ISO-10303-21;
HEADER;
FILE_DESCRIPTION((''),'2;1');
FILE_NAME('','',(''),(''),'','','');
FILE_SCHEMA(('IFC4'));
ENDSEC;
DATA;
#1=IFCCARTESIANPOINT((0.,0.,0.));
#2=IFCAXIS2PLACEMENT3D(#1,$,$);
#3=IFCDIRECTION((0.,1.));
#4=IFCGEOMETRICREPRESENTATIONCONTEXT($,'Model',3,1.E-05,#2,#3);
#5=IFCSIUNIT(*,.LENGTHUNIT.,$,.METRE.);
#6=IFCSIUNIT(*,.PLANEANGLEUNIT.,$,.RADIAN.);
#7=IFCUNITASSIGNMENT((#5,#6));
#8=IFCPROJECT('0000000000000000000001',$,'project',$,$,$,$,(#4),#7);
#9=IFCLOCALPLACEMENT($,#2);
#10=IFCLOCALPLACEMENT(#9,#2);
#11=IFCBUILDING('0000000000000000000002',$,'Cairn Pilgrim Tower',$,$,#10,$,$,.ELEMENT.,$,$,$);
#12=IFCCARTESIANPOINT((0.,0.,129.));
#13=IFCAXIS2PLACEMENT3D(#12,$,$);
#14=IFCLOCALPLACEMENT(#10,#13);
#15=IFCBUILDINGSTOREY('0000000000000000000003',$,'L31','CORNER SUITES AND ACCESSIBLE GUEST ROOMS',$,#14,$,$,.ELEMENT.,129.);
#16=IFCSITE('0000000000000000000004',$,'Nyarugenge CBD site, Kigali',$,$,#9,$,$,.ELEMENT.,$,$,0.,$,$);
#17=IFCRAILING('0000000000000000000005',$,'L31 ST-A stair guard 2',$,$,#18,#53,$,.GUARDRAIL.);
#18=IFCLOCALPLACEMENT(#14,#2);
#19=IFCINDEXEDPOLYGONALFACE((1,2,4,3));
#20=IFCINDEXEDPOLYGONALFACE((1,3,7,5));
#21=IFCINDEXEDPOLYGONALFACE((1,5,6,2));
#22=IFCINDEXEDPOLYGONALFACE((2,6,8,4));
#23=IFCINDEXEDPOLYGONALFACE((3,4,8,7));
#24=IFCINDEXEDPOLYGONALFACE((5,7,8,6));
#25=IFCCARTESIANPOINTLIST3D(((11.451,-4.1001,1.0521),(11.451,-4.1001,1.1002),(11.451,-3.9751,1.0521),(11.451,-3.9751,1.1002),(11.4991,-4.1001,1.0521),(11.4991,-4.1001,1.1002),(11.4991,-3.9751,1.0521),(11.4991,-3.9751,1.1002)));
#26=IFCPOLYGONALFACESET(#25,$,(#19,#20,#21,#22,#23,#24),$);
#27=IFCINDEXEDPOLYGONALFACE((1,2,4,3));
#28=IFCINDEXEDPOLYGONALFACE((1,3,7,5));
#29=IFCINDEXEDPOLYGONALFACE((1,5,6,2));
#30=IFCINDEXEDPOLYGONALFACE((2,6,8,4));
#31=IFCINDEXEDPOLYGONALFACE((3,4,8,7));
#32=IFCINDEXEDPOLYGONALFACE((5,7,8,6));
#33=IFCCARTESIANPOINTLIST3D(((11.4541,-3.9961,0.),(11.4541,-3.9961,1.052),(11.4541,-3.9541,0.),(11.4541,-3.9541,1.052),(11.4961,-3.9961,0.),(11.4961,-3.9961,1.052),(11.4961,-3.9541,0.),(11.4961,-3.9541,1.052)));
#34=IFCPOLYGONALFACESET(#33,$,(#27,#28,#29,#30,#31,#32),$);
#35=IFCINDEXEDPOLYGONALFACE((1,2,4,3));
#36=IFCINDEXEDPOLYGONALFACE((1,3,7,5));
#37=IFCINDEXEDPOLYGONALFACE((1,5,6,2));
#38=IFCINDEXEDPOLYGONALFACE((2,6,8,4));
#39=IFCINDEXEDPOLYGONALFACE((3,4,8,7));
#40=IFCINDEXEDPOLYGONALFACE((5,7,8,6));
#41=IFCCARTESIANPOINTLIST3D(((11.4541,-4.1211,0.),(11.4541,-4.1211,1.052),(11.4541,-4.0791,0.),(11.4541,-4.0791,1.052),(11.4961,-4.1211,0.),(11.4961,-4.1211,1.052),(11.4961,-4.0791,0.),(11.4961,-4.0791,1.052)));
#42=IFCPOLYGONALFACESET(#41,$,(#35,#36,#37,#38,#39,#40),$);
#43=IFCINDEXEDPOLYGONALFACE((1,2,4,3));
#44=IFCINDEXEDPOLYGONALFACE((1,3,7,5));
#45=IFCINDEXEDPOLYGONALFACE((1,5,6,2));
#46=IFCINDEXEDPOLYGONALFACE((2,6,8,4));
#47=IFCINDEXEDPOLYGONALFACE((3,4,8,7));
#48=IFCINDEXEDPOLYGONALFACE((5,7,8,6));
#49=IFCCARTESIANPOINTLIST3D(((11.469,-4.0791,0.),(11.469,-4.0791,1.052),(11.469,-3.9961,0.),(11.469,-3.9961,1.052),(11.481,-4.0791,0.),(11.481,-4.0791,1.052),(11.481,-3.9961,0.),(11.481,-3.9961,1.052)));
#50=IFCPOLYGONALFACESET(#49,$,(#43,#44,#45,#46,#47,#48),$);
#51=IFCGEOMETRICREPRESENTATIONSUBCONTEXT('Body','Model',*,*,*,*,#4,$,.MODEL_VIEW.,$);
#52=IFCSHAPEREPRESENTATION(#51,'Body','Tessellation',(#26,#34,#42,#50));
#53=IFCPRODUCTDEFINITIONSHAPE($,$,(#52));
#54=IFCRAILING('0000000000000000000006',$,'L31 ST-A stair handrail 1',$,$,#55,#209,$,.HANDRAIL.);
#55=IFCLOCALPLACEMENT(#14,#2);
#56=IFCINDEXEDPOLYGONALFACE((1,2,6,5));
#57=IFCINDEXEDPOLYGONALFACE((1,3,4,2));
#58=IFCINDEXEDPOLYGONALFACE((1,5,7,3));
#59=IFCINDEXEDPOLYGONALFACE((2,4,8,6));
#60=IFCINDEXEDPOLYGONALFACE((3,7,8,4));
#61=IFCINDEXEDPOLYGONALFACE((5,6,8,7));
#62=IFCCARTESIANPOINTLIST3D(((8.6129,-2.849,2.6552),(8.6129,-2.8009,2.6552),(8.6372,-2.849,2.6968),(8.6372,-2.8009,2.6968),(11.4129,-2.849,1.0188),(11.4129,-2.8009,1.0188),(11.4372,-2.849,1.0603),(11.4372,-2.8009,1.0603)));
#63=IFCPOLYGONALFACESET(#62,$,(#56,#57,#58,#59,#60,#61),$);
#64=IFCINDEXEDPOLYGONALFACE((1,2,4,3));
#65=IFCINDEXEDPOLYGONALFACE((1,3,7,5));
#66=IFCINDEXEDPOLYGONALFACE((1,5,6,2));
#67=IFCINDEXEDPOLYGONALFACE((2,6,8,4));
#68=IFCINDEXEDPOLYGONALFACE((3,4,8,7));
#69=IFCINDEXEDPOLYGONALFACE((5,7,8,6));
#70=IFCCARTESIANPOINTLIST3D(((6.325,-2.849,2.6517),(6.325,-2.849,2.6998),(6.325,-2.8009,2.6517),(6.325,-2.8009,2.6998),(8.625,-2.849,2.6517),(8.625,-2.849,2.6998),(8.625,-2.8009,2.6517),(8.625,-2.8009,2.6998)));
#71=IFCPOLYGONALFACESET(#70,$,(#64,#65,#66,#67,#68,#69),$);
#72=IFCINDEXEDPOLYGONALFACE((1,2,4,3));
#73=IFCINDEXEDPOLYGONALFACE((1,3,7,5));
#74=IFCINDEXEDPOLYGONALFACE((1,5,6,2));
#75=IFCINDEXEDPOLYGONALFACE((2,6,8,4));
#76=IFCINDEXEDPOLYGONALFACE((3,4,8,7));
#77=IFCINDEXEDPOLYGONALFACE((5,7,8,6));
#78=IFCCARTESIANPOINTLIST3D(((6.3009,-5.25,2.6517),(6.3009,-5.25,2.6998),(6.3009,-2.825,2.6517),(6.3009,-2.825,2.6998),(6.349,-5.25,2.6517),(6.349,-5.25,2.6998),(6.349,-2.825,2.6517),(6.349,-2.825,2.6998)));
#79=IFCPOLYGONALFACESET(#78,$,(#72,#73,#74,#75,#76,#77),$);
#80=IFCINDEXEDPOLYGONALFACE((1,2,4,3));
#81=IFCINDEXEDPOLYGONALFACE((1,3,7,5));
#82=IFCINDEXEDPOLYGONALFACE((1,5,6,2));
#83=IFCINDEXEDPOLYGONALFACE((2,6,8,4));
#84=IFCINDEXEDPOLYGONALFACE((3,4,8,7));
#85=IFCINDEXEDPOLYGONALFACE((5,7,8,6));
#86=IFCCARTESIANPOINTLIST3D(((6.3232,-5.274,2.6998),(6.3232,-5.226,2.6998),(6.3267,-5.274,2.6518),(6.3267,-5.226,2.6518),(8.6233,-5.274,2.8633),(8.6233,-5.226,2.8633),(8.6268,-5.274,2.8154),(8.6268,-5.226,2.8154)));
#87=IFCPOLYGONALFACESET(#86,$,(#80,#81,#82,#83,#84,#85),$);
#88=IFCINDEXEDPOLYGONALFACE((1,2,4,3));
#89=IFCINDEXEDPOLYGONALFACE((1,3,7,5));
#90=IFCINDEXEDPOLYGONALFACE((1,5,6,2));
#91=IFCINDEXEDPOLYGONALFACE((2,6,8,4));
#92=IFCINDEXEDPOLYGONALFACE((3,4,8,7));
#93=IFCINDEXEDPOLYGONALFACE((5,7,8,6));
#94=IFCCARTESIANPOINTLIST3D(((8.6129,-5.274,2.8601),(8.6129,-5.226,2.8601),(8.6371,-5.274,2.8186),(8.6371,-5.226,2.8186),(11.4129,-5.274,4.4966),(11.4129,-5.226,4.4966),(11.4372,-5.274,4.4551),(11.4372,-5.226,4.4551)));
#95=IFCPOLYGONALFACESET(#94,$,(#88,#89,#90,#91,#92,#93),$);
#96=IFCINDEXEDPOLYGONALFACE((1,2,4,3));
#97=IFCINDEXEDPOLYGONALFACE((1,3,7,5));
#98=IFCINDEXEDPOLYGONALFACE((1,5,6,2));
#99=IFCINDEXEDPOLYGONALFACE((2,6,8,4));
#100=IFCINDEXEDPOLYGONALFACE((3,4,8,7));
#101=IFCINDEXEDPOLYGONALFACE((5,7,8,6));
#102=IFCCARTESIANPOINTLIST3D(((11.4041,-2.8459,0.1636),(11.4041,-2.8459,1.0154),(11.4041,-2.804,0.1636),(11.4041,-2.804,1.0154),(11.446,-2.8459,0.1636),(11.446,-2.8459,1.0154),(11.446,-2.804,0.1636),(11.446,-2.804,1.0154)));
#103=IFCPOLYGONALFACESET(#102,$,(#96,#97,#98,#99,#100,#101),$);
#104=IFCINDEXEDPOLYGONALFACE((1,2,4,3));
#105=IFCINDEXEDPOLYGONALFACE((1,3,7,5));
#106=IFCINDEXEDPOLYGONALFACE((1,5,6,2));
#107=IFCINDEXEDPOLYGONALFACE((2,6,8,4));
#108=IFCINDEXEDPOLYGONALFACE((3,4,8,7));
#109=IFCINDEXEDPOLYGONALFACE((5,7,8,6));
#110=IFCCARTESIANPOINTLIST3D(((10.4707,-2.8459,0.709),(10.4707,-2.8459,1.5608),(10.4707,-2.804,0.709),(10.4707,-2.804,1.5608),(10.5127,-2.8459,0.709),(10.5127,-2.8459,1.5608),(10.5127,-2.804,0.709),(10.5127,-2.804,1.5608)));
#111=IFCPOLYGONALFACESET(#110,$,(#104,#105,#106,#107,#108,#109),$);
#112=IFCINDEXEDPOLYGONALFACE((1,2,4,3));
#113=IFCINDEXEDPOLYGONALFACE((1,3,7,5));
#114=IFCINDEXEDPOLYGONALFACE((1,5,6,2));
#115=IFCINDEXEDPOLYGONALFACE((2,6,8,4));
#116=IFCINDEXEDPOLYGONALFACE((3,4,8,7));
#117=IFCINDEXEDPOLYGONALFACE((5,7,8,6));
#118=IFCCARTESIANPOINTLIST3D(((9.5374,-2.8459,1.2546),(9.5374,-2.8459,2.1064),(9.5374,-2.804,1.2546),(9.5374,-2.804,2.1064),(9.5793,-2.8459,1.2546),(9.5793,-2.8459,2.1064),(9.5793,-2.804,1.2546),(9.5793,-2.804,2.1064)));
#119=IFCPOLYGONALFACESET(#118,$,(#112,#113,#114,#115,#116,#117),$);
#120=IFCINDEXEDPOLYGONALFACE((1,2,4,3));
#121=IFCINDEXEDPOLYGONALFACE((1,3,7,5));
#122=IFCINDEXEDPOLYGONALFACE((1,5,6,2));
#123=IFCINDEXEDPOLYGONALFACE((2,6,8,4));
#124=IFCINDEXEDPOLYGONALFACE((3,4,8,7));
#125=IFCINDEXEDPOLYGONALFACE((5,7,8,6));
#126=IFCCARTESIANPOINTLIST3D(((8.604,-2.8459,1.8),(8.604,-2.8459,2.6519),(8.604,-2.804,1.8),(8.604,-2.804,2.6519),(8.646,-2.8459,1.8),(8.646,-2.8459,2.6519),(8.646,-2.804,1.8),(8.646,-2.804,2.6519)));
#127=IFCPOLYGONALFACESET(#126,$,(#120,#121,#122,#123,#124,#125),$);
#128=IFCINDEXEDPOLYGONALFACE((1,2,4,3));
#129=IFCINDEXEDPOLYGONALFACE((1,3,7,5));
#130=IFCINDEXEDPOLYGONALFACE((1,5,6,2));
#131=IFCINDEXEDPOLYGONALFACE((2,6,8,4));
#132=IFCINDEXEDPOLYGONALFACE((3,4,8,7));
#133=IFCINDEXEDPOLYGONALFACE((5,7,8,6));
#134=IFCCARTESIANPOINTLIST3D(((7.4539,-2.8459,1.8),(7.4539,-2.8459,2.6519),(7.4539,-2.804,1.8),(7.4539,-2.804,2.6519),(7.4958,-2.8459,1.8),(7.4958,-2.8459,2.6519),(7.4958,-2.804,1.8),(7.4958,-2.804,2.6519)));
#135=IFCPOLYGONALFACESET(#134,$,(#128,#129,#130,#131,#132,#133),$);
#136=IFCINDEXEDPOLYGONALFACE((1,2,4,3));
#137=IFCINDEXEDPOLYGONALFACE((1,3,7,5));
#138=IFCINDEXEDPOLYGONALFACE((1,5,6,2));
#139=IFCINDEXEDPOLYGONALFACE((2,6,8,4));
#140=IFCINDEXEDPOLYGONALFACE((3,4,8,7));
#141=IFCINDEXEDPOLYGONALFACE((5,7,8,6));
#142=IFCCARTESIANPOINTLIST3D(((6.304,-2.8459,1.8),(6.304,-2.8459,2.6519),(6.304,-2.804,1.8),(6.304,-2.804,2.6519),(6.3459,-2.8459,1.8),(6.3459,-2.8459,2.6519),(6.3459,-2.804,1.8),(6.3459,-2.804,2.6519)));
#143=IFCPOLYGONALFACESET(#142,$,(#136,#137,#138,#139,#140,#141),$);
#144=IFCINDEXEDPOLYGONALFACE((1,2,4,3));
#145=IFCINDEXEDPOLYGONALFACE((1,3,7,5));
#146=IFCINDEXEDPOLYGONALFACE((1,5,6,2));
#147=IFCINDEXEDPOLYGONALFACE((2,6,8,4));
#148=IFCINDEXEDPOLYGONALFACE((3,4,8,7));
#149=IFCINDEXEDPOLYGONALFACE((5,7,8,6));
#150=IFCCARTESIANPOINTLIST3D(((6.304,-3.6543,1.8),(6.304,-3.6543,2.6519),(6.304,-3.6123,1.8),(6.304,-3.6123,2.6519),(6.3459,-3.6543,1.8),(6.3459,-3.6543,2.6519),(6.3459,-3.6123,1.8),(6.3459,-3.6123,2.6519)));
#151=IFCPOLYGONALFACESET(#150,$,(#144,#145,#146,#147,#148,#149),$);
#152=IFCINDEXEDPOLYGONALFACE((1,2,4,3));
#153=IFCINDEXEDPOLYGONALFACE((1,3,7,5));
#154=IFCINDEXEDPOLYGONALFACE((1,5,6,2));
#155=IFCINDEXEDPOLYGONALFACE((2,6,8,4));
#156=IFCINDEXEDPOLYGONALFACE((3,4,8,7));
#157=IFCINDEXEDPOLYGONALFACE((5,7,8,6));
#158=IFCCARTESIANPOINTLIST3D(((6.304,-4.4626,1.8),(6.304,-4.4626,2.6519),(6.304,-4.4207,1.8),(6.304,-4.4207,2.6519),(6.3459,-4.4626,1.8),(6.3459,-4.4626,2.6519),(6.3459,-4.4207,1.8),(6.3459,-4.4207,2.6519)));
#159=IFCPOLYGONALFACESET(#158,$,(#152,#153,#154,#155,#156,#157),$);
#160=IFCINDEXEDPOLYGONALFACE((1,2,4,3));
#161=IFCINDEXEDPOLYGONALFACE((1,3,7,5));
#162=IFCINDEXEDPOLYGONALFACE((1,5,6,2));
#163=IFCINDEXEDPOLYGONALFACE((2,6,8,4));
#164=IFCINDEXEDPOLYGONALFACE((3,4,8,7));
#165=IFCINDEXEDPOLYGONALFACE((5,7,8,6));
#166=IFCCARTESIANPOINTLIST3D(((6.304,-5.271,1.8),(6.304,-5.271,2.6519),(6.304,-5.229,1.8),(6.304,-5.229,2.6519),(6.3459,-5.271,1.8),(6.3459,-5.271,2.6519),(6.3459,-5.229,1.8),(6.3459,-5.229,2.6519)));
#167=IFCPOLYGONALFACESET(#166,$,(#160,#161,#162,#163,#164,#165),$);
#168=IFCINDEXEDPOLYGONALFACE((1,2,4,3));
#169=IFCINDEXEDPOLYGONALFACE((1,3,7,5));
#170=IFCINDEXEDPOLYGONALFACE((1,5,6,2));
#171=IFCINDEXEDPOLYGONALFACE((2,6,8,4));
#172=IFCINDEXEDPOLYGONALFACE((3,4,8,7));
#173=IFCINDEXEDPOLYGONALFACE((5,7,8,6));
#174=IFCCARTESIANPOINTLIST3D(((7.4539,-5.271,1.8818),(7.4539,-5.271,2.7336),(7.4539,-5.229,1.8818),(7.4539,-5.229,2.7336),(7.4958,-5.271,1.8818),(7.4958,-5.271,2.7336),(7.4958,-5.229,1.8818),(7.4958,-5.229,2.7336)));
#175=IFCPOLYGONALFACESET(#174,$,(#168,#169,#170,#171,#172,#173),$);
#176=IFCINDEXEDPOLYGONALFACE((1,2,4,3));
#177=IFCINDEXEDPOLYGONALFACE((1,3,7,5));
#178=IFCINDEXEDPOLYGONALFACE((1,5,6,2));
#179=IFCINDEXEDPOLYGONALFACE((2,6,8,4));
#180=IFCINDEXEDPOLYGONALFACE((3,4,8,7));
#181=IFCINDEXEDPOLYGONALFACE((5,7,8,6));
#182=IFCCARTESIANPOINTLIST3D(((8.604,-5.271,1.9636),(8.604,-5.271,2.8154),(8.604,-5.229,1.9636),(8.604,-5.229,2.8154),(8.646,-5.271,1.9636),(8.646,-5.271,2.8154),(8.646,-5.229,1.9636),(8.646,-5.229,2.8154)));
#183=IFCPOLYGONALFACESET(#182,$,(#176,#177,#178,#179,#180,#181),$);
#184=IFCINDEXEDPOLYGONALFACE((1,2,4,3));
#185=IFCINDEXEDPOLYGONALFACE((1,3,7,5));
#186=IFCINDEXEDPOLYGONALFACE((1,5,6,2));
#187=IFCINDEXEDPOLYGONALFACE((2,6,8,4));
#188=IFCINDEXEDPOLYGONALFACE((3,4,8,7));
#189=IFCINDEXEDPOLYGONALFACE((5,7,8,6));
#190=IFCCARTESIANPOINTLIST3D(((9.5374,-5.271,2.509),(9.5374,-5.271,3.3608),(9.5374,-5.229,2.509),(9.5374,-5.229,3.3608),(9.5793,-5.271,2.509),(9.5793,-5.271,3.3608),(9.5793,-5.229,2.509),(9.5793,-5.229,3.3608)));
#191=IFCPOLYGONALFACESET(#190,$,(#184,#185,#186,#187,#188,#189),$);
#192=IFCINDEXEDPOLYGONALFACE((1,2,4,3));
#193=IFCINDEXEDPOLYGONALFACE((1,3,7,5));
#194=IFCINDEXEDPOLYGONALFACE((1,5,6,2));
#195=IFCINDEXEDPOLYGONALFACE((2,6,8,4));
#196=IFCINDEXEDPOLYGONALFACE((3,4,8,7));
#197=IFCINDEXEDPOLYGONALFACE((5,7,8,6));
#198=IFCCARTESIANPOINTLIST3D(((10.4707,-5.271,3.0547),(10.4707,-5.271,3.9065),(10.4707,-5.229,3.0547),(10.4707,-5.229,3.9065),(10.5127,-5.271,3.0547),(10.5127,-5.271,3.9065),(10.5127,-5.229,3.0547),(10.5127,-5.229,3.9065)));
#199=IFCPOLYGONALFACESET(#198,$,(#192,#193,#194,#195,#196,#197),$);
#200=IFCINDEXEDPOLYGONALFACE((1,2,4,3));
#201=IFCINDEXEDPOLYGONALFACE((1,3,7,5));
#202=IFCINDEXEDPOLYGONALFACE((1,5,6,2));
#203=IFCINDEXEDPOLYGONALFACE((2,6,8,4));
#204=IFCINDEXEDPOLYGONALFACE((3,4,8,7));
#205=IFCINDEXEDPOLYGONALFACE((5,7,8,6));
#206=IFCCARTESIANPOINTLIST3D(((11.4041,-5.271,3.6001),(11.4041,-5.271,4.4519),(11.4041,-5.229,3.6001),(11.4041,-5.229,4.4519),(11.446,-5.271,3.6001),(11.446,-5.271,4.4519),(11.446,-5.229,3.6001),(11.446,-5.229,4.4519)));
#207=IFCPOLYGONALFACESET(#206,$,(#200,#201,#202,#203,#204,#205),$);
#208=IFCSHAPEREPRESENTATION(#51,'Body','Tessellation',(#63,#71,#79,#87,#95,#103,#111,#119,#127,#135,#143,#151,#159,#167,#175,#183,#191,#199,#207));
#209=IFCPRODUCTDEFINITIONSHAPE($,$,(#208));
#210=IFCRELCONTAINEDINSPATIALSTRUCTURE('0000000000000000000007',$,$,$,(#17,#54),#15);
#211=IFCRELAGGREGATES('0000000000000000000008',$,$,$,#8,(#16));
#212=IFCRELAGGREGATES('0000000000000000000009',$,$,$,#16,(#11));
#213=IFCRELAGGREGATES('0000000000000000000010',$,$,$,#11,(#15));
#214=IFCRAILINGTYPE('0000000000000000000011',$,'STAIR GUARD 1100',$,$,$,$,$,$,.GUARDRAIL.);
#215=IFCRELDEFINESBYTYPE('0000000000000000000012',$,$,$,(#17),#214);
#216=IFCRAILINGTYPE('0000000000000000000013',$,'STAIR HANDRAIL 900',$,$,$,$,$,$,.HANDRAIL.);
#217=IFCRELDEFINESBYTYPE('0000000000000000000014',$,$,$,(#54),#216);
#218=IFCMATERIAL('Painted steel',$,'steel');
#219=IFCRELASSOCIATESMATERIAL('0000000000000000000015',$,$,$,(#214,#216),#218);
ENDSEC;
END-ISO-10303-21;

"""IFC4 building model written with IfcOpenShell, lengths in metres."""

from ifc_helpers import new_model, si_unit, direction, frame, origin, origin_2d, place, context, subcontext, project, spatial, polyline, rectangle, outline, extrude, material, type_object, element, save


model = new_model("IFC4")

# Units and contexts
model_context = context("Model", 3, precision=1e-05, world=origin(), true_north=direction((0.0, 1.0)))
body_context = subcontext(model_context, "Body", "Model", "MODEL_VIEW")
ifc_project = project(units=[si_unit("LENGTHUNIT", "METRE"), si_unit("PLANEANGLEUNIT", "RADIAN")], contexts=[model_context])

# Site, building, storey
site_placement = place(None, origin())
site = spatial("IfcSite", under=ifc_project, at=site_placement, Name="Nyarugenge CBD site, Kigali", CompositionType="ELEMENT", RefElevation=0.0)
building_placement = place(site_placement, origin())
building = spatial("IfcBuilding", under=site, at=building_placement, Name="Cairn Pilgrim Tower", CompositionType="ELEMENT")
storey_placement = place(building_placement, frame((0.0, 0.0, 129.0)))
storey = spatial("IfcBuildingStorey", under=building, at=storey_placement, Name="L31", Description="CORNER SUITES AND ACCESSIBLE GUEST ROOMS", CompositionType="ELEMENT", Elevation=129.0)

# Shared definitions
ifc_material_1 = material(Name="Painted steel", Category="steel")

# Railings
railing_type_1 = type_object("IfcRailingType", Name="STAIR GUARD 1100", PredefinedType="GUARDRAIL", material=ifc_material_1)
railing_1_placement = place(storey_placement, frame((11.4751, -3.9751, 0.0)))
element("IfcRailing", 1, at=railing_1_placement, inside=storey, type_object=railing_type_1, Name="L31 ST-A stair guard 2", PredefinedType="GUARDRAIL", context=body_context, shape_type="SweptSolid", body=[
    extrude(rectangle(XDim=0.0481, YDim=0.0481, at=origin_2d()), frame((0.0, 0.0, 1.0762), z_axis=(0.0, -1.0, 0.0), x_axis=(1.0, 0.0, 0.0)), (0.0, 0.0, 1.0), 0.125),
    extrude(rectangle(XDim=0.042, YDim=0.042, at=origin_2d()), origin(), (0.0, 0.0, 1.0), 1.052),
    extrude(rectangle(XDim=0.042, YDim=0.042, at=origin_2d()), frame((0.0, -0.125, 0.0)), (0.0, 0.0, 1.0), 1.052),
    extrude(outline(polyline([(0.021, 0.0), (0.104, 0.0), (0.104, 1.052), (0.021, 1.052), (0.021, 0.0)])), frame((0.0059, 0.0, 0.0), z_axis=(-1.0, 0.0, 0.0), x_axis=(0.0, -1.0, 0.0)), (0.0, 0.0, 1.0), 0.012),
])
railing_type_2 = type_object("IfcRailingType", Name="STAIR HANDRAIL 900", PredefinedType="HANDRAIL", material=ifc_material_1)
railing_2_placement = place(storey_placement, frame((11.425, -2.825, 0.1636)))
element("IfcRailing", 2, at=railing_2_placement, inside=storey, type_object=railing_type_2, Name="L31 ST-A stair handrail 1", PredefinedType="HANDRAIL", context=body_context, shape_type="SweptSolid", body=[
    extrude(rectangle(XDim=0.0481, YDim=0.0481, at=origin_2d()), frame((0.0, 0.0, 0.876), z_axis=(-0.863361, 0.0, 0.504587), x_axis=(0.0, -1.0, 0.0)), (0.0, 0.0, 1.0), 3.2432),
    extrude(rectangle(XDim=0.0481, YDim=0.0481, at=origin_2d()), frame((-2.8, 0.0, 2.5122), z_axis=(-1.0, 0.0, 0.0), x_axis=(0.0, -1.0, 0.0)), (0.0, 0.0, 1.0), 2.3),
    extrude(rectangle(XDim=0.0481, YDim=0.0481, at=origin_2d()), frame((-5.1001, 0.0, 2.5122), z_axis=(0.0, -1.0, 0.0), x_axis=(1.0, 0.0, 0.0)), (0.0, 0.0, 1.0), 2.425),
    extrude(rectangle(XDim=0.0481, YDim=0.0481, at=origin_2d()), frame((-5.1001, -2.425, 2.5122), z_axis=(0.997481, 0.0, 0.070939), x_axis=(0.0, 1.0, 0.0)), (0.0, 0.0, 1.0), 2.3059),
    extrude(rectangle(XDim=0.0481, YDim=0.0481, at=origin_2d()), frame((-2.8, -2.425, 2.6758), z_axis=(0.863361, 0.0, 0.504587), x_axis=(0.0, 1.0, 0.0)), (0.0, 0.0, 1.0), 3.2432),
    extrude(rectangle(XDim=0.042, YDim=0.042, at=origin_2d()), origin(), (0.0, 0.0, 1.0), 0.8518),
    extrude(rectangle(XDim=0.042, YDim=0.042, at=origin_2d()), frame((-0.9333, 0.0, 0.5454)), (0.0, 0.0, 1.0), 0.8518),
    extrude(rectangle(XDim=0.042, YDim=0.042, at=origin_2d()), frame((-1.8667, 0.0, 1.0911)), (0.0, 0.0, 1.0), 0.8518),
    extrude(rectangle(XDim=0.042, YDim=0.042, at=origin_2d()), frame((-2.8, 0.0, 1.6365)), (0.0, 0.0, 1.0), 0.8518),
    extrude(rectangle(XDim=0.042, YDim=0.042, at=origin_2d()), frame((-3.9502, 0.0, 1.6365)), (0.0, 0.0, 1.0), 0.8518),
    extrude(rectangle(XDim=0.042, YDim=0.042, at=origin_2d()), frame((-5.1001, 0.0, 1.6365)), (0.0, 0.0, 1.0), 0.8518),
    extrude(rectangle(XDim=0.042, YDim=0.042, at=origin_2d()), frame((-5.1001, -0.8083, 1.6365)), (0.0, 0.0, 1.0), 0.8518),
    extrude(rectangle(XDim=0.042, YDim=0.042, at=origin_2d()), frame((-5.1001, -1.6167, 1.6365)), (0.0, 0.0, 1.0), 0.8518),
    extrude(rectangle(XDim=0.042, YDim=0.042, at=origin_2d()), frame((-5.1001, -2.425, 1.6365)), (0.0, 0.0, 1.0), 0.8518),
    extrude(rectangle(XDim=0.042, YDim=0.042, at=origin_2d()), frame((-3.9502, -2.425, 1.7183)), (0.0, 0.0, 1.0), 0.8518),
    extrude(rectangle(XDim=0.042, YDim=0.042, at=origin_2d()), frame((-2.8, -2.425, 1.8)), (0.0, 0.0, 1.0), 0.8518),
    extrude(rectangle(XDim=0.042, YDim=0.042, at=origin_2d()), frame((-1.8667, -2.425, 2.3455)), (0.0, 0.0, 1.0), 0.8518),
    extrude(rectangle(XDim=0.042, YDim=0.042, at=origin_2d()), frame((-0.9333, -2.425, 2.8911)), (0.0, 0.0, 1.0), 0.8518),
    extrude(rectangle(XDim=0.042, YDim=0.042, at=origin_2d()), frame((0.0, -2.425, 3.4365)), (0.0, 0.0, 1.0), 0.8518),
])

save(model, "model.ifc")
